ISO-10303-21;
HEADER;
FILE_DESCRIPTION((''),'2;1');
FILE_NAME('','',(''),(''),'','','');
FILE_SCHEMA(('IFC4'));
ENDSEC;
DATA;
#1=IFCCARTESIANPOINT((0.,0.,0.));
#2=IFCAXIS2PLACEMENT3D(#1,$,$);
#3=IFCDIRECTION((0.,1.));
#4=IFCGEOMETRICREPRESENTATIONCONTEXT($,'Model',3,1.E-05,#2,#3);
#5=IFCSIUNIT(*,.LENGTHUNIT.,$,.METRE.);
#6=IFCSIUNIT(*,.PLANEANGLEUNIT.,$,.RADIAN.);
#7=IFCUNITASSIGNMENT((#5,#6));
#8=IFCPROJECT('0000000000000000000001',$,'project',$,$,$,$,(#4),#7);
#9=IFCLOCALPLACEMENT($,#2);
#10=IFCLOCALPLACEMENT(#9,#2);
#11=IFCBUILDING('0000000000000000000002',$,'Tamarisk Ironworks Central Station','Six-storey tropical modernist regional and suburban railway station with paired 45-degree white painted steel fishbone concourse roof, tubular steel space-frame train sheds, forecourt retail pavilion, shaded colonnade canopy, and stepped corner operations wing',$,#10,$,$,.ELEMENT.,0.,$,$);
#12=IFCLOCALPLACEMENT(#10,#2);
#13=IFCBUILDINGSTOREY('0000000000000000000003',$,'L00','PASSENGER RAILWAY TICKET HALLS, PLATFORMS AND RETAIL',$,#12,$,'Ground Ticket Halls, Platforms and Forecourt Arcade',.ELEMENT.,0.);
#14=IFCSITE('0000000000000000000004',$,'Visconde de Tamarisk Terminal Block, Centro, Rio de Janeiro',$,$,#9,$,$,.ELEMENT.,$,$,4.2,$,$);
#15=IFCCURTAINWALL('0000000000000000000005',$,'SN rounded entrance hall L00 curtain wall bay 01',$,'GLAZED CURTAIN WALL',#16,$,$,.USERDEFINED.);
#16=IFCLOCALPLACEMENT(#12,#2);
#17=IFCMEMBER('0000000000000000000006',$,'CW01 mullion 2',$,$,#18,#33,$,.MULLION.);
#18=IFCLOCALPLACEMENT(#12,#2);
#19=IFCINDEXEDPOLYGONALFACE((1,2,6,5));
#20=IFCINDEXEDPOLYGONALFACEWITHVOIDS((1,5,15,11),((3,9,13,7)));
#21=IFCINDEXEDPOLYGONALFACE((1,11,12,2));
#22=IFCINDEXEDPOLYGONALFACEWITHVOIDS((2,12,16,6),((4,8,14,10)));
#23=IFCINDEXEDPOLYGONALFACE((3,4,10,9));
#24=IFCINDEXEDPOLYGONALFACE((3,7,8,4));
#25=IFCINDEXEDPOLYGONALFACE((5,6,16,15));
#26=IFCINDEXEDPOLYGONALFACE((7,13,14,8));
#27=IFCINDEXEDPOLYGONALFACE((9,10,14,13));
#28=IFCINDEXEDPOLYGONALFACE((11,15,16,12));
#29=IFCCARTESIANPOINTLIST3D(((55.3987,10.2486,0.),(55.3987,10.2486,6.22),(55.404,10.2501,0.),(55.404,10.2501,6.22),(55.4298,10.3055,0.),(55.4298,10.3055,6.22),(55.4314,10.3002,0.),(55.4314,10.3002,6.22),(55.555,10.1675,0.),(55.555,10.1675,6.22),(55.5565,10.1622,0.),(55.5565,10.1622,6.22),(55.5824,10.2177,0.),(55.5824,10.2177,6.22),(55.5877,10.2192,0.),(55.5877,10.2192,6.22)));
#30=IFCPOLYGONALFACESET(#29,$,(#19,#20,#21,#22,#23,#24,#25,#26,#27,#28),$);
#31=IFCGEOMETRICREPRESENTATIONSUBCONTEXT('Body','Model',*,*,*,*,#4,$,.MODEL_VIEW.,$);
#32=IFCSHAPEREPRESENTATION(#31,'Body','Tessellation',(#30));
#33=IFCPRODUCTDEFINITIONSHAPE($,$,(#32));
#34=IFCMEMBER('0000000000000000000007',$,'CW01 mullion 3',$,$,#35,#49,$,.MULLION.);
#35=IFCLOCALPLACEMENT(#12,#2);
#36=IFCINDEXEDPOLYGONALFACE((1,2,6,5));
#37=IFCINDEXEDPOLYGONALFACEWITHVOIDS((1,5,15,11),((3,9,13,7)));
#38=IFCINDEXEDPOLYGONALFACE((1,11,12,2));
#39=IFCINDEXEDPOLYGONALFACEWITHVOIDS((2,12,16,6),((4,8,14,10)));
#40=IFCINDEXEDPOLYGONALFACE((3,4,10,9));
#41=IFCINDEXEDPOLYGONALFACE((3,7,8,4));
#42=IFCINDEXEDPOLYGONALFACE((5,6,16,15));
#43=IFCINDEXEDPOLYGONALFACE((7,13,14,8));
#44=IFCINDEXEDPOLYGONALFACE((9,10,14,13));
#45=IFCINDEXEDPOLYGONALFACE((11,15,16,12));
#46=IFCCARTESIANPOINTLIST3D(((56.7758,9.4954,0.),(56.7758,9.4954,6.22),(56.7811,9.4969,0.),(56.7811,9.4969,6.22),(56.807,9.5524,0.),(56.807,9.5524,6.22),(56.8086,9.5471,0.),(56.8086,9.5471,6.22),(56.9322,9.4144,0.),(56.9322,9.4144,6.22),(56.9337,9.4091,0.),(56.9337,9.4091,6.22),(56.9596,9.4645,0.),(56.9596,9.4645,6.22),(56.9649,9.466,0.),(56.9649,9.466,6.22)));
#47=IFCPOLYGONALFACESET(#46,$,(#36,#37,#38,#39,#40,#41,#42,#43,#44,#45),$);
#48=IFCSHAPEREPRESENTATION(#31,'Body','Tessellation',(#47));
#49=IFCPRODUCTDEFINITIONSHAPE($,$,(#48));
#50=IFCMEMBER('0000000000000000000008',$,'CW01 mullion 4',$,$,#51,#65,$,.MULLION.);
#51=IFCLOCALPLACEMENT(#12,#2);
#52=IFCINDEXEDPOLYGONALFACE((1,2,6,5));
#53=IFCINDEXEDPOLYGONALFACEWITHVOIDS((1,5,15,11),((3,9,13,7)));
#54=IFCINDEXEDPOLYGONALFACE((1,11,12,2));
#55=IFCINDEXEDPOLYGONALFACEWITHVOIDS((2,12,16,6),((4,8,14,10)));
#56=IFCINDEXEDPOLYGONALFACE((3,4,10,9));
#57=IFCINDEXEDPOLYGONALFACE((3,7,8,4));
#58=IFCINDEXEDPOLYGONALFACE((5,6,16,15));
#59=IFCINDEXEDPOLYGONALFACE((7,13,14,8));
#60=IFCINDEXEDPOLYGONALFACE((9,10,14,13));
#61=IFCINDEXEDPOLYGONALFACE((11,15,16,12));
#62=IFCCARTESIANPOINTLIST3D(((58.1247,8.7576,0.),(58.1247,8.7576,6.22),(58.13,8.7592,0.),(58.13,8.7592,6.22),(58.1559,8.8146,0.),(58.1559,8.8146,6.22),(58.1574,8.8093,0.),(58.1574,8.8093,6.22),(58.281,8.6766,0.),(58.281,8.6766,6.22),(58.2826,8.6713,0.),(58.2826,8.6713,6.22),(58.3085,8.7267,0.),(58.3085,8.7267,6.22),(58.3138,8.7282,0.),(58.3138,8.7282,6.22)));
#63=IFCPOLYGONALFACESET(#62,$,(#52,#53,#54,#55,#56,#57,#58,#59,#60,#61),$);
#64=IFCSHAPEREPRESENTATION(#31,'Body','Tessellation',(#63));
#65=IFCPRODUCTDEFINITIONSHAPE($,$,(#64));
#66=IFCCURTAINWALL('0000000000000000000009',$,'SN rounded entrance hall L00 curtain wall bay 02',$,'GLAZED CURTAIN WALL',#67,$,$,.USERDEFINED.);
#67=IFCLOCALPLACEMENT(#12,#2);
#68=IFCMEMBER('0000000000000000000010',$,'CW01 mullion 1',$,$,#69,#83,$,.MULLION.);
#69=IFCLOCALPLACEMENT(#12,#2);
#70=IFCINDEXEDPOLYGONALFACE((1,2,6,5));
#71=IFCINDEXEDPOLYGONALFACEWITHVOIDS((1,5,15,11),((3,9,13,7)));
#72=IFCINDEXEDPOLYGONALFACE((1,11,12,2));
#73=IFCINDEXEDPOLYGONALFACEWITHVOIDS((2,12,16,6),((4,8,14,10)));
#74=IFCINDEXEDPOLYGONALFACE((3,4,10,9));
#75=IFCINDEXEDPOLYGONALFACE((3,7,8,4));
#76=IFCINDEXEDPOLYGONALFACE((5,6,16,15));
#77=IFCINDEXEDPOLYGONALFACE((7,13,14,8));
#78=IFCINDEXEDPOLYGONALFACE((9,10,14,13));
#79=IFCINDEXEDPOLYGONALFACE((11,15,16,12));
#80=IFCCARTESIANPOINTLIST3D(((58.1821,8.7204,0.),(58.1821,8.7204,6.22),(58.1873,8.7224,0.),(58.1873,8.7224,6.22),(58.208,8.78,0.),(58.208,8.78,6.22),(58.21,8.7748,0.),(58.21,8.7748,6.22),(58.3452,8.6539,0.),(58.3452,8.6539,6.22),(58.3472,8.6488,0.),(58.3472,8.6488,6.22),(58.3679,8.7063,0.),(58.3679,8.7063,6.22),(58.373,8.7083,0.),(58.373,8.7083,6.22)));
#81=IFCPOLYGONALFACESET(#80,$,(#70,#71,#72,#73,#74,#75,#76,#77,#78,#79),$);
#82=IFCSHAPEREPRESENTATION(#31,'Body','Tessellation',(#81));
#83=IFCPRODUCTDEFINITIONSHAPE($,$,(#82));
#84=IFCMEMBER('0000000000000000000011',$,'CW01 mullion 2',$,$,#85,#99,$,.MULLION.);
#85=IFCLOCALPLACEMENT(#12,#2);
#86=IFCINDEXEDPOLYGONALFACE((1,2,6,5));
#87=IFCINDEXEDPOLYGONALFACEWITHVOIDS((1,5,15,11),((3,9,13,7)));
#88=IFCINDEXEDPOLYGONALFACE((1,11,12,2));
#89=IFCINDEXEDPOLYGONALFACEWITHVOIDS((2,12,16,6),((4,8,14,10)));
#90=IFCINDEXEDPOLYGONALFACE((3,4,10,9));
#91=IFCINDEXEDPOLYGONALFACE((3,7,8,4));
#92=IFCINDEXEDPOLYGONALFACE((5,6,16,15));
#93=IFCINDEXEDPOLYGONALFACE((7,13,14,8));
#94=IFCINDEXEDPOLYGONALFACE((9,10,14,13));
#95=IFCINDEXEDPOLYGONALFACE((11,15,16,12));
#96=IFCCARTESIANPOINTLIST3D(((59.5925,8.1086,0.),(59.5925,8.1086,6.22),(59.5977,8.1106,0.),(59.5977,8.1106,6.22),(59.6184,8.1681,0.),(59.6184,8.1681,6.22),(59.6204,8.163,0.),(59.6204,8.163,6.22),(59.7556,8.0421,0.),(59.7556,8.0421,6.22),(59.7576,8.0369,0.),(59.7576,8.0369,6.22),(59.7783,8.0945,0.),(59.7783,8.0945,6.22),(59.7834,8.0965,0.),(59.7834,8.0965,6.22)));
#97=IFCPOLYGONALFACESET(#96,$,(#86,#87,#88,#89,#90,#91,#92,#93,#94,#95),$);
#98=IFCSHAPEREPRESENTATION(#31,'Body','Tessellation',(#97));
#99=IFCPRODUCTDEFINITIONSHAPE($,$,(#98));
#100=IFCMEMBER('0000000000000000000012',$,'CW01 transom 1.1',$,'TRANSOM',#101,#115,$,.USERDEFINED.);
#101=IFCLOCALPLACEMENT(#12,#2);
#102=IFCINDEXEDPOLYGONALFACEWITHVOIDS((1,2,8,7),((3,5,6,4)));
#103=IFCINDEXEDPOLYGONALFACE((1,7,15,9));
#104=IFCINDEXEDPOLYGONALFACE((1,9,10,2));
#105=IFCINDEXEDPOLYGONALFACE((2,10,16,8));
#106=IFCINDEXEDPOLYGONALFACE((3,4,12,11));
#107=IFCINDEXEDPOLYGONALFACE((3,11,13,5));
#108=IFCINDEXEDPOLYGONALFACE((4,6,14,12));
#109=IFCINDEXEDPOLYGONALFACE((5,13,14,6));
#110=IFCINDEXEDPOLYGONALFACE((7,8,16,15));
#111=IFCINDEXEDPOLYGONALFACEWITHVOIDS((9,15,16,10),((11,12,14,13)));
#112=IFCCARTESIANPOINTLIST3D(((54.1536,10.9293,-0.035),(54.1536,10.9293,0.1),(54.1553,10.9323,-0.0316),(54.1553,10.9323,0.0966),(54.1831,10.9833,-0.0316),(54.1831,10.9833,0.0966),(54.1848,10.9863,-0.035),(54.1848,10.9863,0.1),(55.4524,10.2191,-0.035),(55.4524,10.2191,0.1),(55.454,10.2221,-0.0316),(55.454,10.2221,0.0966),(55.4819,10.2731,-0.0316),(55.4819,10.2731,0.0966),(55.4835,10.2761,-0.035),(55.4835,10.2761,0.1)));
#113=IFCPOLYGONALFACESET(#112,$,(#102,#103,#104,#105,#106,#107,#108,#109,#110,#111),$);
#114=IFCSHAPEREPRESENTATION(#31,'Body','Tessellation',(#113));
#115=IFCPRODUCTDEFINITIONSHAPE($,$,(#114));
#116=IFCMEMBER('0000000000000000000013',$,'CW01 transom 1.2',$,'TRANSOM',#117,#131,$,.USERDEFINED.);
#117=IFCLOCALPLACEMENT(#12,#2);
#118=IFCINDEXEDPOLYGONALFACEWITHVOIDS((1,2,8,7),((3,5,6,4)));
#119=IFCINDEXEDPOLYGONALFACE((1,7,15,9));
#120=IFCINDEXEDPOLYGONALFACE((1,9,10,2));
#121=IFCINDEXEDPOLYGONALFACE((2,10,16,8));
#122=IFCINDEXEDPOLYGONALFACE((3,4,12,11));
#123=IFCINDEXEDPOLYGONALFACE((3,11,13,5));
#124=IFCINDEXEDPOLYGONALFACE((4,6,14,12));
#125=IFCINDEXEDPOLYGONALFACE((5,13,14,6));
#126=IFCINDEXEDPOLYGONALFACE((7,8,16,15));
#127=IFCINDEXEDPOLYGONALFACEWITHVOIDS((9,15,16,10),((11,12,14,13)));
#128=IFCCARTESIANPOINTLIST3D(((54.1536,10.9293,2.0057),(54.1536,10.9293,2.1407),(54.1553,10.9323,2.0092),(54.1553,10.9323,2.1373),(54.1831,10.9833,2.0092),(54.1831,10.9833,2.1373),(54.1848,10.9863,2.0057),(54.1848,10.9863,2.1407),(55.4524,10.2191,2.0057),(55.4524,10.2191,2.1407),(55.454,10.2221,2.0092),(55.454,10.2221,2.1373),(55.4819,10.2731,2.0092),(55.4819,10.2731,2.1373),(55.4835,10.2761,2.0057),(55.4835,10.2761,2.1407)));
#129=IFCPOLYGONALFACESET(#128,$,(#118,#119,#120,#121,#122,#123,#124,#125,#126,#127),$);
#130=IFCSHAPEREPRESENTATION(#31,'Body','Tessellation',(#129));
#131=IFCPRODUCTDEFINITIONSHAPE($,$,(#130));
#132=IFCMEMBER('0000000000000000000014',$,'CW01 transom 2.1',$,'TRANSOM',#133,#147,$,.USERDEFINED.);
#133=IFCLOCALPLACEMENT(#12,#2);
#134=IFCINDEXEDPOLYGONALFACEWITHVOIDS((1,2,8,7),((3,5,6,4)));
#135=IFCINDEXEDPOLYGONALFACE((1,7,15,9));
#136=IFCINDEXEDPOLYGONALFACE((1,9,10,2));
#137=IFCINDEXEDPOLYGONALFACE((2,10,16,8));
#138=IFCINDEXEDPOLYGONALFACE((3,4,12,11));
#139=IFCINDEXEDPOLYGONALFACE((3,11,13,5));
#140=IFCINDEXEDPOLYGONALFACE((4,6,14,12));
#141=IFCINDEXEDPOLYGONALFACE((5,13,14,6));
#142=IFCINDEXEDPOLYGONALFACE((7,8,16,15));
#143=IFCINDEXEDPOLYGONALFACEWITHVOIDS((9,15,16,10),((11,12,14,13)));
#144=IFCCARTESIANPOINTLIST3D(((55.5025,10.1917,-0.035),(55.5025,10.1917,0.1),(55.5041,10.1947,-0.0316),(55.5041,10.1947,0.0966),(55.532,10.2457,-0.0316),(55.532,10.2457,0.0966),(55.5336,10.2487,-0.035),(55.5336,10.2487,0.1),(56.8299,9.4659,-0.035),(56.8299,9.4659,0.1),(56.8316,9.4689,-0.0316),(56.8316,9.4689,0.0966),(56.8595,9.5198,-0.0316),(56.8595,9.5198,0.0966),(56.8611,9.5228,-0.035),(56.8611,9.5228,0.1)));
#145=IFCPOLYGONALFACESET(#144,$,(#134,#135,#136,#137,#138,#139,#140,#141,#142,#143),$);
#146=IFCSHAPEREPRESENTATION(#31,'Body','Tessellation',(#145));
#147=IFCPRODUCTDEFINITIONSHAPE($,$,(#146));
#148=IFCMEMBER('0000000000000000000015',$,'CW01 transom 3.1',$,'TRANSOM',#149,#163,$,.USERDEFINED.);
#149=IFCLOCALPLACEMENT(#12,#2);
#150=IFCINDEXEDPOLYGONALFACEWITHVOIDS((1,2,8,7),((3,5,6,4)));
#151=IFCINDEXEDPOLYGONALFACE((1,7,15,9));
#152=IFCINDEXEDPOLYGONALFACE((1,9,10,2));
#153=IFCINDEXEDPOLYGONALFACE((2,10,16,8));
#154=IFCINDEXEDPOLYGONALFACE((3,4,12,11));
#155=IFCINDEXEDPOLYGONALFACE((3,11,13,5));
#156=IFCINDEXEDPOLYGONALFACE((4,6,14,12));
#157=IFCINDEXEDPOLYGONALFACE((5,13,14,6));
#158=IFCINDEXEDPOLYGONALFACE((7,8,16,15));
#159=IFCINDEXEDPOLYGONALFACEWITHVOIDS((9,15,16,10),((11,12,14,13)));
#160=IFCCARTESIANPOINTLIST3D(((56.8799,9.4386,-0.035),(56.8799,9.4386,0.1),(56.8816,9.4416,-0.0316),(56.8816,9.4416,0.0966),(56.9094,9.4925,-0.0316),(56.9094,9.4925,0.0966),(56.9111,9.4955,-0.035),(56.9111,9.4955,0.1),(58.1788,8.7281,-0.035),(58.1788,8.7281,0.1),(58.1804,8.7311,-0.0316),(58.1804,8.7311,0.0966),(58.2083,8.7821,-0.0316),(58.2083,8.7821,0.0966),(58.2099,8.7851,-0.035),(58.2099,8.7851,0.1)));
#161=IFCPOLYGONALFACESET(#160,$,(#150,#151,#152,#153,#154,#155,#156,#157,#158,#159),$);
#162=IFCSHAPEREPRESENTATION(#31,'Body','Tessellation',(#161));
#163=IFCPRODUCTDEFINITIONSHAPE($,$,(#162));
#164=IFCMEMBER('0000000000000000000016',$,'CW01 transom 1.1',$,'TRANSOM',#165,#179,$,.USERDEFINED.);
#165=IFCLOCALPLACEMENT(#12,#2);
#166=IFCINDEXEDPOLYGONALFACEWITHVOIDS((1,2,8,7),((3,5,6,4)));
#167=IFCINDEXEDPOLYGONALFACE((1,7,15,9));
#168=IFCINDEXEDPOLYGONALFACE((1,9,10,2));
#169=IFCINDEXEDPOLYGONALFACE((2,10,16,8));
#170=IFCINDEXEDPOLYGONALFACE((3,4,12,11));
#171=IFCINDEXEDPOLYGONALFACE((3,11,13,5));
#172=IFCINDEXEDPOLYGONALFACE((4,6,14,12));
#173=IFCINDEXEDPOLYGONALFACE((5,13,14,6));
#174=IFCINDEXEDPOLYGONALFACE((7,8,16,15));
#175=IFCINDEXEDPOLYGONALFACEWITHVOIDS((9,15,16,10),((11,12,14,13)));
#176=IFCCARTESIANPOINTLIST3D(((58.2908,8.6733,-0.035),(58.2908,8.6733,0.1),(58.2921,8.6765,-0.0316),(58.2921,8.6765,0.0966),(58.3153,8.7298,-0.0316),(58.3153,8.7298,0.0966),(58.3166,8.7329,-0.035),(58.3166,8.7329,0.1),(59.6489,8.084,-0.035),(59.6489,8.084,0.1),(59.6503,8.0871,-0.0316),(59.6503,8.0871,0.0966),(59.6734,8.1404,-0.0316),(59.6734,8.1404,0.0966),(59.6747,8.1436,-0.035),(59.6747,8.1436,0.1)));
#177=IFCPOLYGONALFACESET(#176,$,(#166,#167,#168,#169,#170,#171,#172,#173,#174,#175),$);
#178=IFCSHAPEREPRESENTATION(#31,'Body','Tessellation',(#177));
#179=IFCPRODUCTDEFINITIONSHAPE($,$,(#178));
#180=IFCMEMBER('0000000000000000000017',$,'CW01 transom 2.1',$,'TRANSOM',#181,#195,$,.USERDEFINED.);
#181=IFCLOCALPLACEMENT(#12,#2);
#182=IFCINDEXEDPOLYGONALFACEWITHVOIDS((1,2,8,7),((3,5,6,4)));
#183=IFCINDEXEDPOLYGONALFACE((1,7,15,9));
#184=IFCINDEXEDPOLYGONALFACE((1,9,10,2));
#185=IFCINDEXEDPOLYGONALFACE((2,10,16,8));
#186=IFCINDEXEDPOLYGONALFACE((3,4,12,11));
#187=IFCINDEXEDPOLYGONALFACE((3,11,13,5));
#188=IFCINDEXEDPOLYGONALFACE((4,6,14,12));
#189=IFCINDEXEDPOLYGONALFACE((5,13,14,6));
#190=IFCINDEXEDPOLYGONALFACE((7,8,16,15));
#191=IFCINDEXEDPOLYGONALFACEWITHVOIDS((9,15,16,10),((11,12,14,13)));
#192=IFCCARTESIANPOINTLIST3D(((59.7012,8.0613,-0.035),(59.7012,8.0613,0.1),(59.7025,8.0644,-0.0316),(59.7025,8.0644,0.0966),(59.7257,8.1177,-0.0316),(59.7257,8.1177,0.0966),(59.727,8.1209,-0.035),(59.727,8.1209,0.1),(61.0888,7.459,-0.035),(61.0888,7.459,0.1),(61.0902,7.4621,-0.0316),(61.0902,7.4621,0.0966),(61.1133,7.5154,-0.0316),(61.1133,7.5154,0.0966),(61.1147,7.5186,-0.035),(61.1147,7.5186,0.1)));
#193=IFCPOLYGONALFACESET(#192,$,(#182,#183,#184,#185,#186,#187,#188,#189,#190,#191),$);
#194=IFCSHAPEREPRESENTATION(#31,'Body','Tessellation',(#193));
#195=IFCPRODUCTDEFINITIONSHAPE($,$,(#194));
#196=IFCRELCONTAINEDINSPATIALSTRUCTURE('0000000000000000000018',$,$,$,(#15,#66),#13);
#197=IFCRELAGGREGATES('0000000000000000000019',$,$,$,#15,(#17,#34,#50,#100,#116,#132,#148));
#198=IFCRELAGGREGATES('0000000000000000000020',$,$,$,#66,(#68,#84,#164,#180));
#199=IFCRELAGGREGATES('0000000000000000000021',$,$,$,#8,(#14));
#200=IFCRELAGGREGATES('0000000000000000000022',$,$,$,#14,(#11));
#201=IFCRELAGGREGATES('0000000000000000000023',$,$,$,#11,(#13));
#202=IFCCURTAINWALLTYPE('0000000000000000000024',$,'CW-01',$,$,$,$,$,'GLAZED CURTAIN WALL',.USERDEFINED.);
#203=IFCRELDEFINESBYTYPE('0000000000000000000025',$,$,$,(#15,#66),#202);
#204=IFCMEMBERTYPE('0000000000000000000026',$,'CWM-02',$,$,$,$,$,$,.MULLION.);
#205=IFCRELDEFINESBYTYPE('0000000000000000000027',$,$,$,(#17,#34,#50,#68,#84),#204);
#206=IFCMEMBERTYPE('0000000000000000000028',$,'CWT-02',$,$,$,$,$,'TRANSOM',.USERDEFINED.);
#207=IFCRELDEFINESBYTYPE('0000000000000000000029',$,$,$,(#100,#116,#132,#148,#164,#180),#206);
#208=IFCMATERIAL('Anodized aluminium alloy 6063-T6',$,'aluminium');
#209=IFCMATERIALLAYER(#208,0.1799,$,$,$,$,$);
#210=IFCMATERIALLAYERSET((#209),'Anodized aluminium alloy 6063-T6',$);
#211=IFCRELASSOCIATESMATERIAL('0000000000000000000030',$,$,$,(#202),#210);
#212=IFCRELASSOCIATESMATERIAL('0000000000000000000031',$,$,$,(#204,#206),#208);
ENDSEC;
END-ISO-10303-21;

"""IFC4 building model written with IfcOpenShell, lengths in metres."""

from ifc_helpers import new_model, si_unit, direction, frame, origin, origin_2d, place, context, subcontext, project, spatial, hollow_rectangle, extrude, material, layer, layer_set, material_profile, profile_set, type_object, element, aggregate, save


model = new_model("IFC4")

# Units and contexts
model_context = context("Model", 3, precision=1e-05, world=origin(), true_north=direction((0.0, 1.0)))
body_context = subcontext(model_context, "Body", "Model", "MODEL_VIEW")
ifc_project = project(units=[si_unit("LENGTHUNIT", "METRE"), si_unit("PLANEANGLEUNIT", "RADIAN")], contexts=[model_context])

# Site, building, storey
site_placement = place(None, origin())
site = spatial("IfcSite", under=ifc_project, at=site_placement, Name="Visconde de Tamarisk Terminal Block, Centro, Rio de Janeiro", CompositionType="ELEMENT", RefElevation=4.2)
building_placement = place(site_placement, origin())
building = spatial("IfcBuilding", under=site, at=building_placement, Name="Tamarisk Ironworks Central Station", Description="Six-storey tropical modernist regional and suburban railway station with paired 45-degree white painted steel fishbone concourse roof, tubular steel space-frame train sheds, forecourt retail pavilion, shaded colonnade canopy, and stepped corner operations wing", CompositionType="ELEMENT", ElevationOfRefHeight=0.0)
storey_placement = place(building_placement, origin())
storey = spatial("IfcBuildingStorey", under=building, at=storey_placement, Name="L00", Description="PASSENGER RAILWAY TICKET HALLS, PLATFORMS AND RETAIL", LongName="Ground Ticket Halls, Platforms and Forecourt Arcade", CompositionType="ELEMENT", Elevation=0.0)

# Curtain walls, members
ifc_material_1 = material(Name="Anodized aluminium alloy 6063-T6", Category="aluminium")
ifc_layer_1 = layer(ifc_material_1, 0.1799)
ifc_layer_set_1 = layer_set([ifc_layer_1], Name="Anodized aluminium alloy 6063-T6")
curtain_wall_type = type_object("IfcCurtainWallType", Name="CW-01", ElementType="GLAZED CURTAIN WALL", PredefinedType="USERDEFINED", material=ifc_layer_set_1)
curtain_wall_1_placement = place(storey_placement, origin())
curtain_wall_1 = element("IfcCurtainWall", 1, at=curtain_wall_1_placement, inside=storey, type_object=curtain_wall_type, Name="SN rounded entrance hall L00 curtain wall bay 01", ObjectType="GLAZED CURTAIN WALL", PredefinedType="USERDEFINED")
ifc_material_profile_1 = material_profile(ifc_material_1, hollow_rectangle(XDim=0.0649, YDim=0.1799, WallThickness=0.0039, at=origin_2d()), Name="ALUM 180x65")
ifc_profile_set_1 = profile_set([ifc_material_profile_1], Name="Anodized aluminium alloy 6063-T6")
member_type_1 = type_object("IfcMemberType", Name="CWM-02", PredefinedType="MULLION", material=ifc_profile_set_1)
member_1_placement = place(storey_placement, frame((55.4932, 10.2339, 0.0), z_axis=(0.0, 0.0, 1.0), x_axis=(0.479805, 0.877375, 0.0)))
member_1 = element("IfcMember", 2, at=member_1_placement, type_object=member_type_1, Name="CW01 mullion 2", PredefinedType="MULLION", context=body_context, shape_type="SweptSolid", body=[
    extrude(hollow_rectangle(XDim=0.0649, YDim=0.1799, WallThickness=0.0039, at=origin_2d()), origin(), (0.0, 0.0, 1.0), 6.22),
])
member_2_placement = place(storey_placement, frame((56.8704, 9.4807, 0.0), z_axis=(0.0, 0.0, 1.0), x_axis=(0.479805, 0.877375, 0.0)))
member_2 = element("IfcMember", 3, at=member_2_placement, type_object=member_type_1, Name="CW01 mullion 3", PredefinedType="MULLION", context=body_context, shape_type="SweptSolid", body=[
    extrude(hollow_rectangle(XDim=0.0649, YDim=0.1799, WallThickness=0.0039, at=origin_2d()), origin(), (0.0, 0.0, 1.0), 6.22),
])
member_3_placement = place(storey_placement, frame((58.2192, 8.7429, 0.0), z_axis=(0.0, 0.0, 1.0), x_axis=(0.479805, 0.877375, 0.0)))
member_3 = element("IfcMember", 4, at=member_3_placement, type_object=member_type_1, Name="CW01 mullion 4", PredefinedType="MULLION", context=body_context, shape_type="SweptSolid", body=[
    extrude(hollow_rectangle(XDim=0.0649, YDim=0.1799, WallThickness=0.0039, at=origin_2d()), origin(), (0.0, 0.0, 1.0), 6.22),
])
curtain_wall_2_placement = place(storey_placement, origin())
curtain_wall_2 = element("IfcCurtainWall", 5, at=curtain_wall_2_placement, inside=storey, type_object=curtain_wall_type, Name="SN rounded entrance hall L00 curtain wall bay 02", ObjectType="GLAZED CURTAIN WALL", PredefinedType="USERDEFINED")
member_4_placement = place(storey_placement, frame((58.2776, 8.7144, 0.0), z_axis=(0.0, 0.0, 1.0), x_axis=(0.398077, 0.917352, 0.0)))
member_4 = element("IfcMember", 6, at=member_4_placement, type_object=member_type_1, Name="CW01 mullion 1", PredefinedType="MULLION", context=body_context, shape_type="SweptSolid", body=[
    extrude(hollow_rectangle(XDim=0.0649, YDim=0.1799, WallThickness=0.0039, at=origin_2d()), origin(), (0.0, 0.0, 1.0), 6.22),
])
member_5_placement = place(storey_placement, frame((59.688, 8.1025, 0.0), z_axis=(0.0, 0.0, 1.0), x_axis=(0.398077, 0.917352, 0.0)))
member_5 = element("IfcMember", 7, at=member_5_placement, type_object=member_type_1, Name="CW01 mullion 2", PredefinedType="MULLION", context=body_context, shape_type="SweptSolid", body=[
    extrude(hollow_rectangle(XDim=0.0649, YDim=0.1799, WallThickness=0.0039, at=origin_2d()), origin(), (0.0, 0.0, 1.0), 6.22),
])

# Members
ifc_material_profile_2 = material_profile(ifc_material_1, hollow_rectangle(XDim=0.0649, YDim=0.135, WallThickness=0.0034, at=origin_2d()), Name="ALUM 135x65")
ifc_profile_set_2 = profile_set([ifc_material_profile_2], Name="Anodized aluminium alloy 6063-T6")
member_type_2 = type_object("IfcMemberType", Name="CWT-02", ElementType="TRANSOM", PredefinedType="USERDEFINED", material=ifc_profile_set_2)
member_6_placement = place(storey_placement, frame((54.1692, 10.9578, 0.0325), z_axis=(0.877397, -0.479765, 0.0), x_axis=(0.479765, 0.877397, 0.0)))
member_6 = element("IfcMember", 8, at=member_6_placement, type_object=member_type_2, Name="CW01 transom 1.1", ObjectType="TRANSOM", PredefinedType="USERDEFINED", context=body_context, shape_type="SweptSolid", body=[
    extrude(hollow_rectangle(XDim=0.0649, YDim=0.135, WallThickness=0.0034, at=origin_2d()), origin(), (0.0, 0.0, 1.0), 1.4802),
])
member_7_placement = place(storey_placement, frame((54.1692, 10.9578, 2.0732), z_axis=(0.877397, -0.479765, 0.0), x_axis=(0.479765, 0.877397, 0.0)))
member_7 = element("IfcMember", 9, at=member_7_placement, type_object=member_type_2, Name="CW01 transom 1.2", ObjectType="TRANSOM", PredefinedType="USERDEFINED", context=body_context, shape_type="SweptSolid", body=[
    extrude(hollow_rectangle(XDim=0.0649, YDim=0.135, WallThickness=0.0034, at=origin_2d()), origin(), (0.0, 0.0, 1.0), 1.4802),
])
member_8_placement = place(storey_placement, frame((55.5181, 10.2202, 0.0325), z_axis=(0.877396, -0.479768, 0.0), x_axis=(0.479768, 0.877396, 0.0)))
member_8 = element("IfcMember", 10, at=member_8_placement, type_object=member_type_2, Name="CW01 transom 2.1", ObjectType="TRANSOM", PredefinedType="USERDEFINED", context=body_context, shape_type="SweptSolid", body=[
    extrude(hollow_rectangle(XDim=0.0649, YDim=0.135, WallThickness=0.0034, at=origin_2d()), origin(), (0.0, 0.0, 1.0), 1.5129),
])
member_9_placement = place(storey_placement, frame((56.8955, 9.467, 0.0325), z_axis=(0.877328, -0.479892, 0.0), x_axis=(0.479892, 0.877328, 0.0)))
member_9 = element("IfcMember", 11, at=member_9_placement, type_object=member_type_2, Name="CW01 transom 3.1", ObjectType="TRANSOM", PredefinedType="USERDEFINED", context=body_context, shape_type="SweptSolid", body=[
    extrude(hollow_rectangle(XDim=0.0649, YDim=0.135, WallThickness=0.0034, at=origin_2d()), origin(), (0.0, 0.0, 1.0), 1.4805),
])
member_10_placement = place(storey_placement, frame((58.3037, 8.7031, 0.0325), z_axis=(0.917353, -0.398075, 0.0), x_axis=(0.398075, 0.917353, 0.0)))
member_10 = element("IfcMember", 12, at=member_10_placement, type_object=member_type_2, Name="CW01 transom 1.1", ObjectType="TRANSOM", PredefinedType="USERDEFINED", context=body_context, shape_type="SweptSolid", body=[
    extrude(hollow_rectangle(XDim=0.0649, YDim=0.135, WallThickness=0.0034, at=origin_2d()), origin(), (0.0, 0.0, 1.0), 1.4805),
])
member_11_placement = place(storey_placement, frame((59.7141, 8.0911, 0.0325), z_axis=(0.917324, -0.398142, 0.0), x_axis=(0.398142, 0.917324, 0.0)))
member_11 = element("IfcMember", 13, at=member_11_placement, type_object=member_type_2, Name="CW01 transom 2.1", ObjectType="TRANSOM", PredefinedType="USERDEFINED", context=body_context, shape_type="SweptSolid", body=[
    extrude(hollow_rectangle(XDim=0.0649, YDim=0.135, WallThickness=0.0034, at=origin_2d()), origin(), (0.0, 0.0, 1.0), 1.5127),
])

aggregate(curtain_wall_1, [member_1, member_2, member_3, member_6, member_7, member_8, member_9])
aggregate(curtain_wall_2, [member_4, member_5, member_10, member_11])

save(model, "model.ifc")
